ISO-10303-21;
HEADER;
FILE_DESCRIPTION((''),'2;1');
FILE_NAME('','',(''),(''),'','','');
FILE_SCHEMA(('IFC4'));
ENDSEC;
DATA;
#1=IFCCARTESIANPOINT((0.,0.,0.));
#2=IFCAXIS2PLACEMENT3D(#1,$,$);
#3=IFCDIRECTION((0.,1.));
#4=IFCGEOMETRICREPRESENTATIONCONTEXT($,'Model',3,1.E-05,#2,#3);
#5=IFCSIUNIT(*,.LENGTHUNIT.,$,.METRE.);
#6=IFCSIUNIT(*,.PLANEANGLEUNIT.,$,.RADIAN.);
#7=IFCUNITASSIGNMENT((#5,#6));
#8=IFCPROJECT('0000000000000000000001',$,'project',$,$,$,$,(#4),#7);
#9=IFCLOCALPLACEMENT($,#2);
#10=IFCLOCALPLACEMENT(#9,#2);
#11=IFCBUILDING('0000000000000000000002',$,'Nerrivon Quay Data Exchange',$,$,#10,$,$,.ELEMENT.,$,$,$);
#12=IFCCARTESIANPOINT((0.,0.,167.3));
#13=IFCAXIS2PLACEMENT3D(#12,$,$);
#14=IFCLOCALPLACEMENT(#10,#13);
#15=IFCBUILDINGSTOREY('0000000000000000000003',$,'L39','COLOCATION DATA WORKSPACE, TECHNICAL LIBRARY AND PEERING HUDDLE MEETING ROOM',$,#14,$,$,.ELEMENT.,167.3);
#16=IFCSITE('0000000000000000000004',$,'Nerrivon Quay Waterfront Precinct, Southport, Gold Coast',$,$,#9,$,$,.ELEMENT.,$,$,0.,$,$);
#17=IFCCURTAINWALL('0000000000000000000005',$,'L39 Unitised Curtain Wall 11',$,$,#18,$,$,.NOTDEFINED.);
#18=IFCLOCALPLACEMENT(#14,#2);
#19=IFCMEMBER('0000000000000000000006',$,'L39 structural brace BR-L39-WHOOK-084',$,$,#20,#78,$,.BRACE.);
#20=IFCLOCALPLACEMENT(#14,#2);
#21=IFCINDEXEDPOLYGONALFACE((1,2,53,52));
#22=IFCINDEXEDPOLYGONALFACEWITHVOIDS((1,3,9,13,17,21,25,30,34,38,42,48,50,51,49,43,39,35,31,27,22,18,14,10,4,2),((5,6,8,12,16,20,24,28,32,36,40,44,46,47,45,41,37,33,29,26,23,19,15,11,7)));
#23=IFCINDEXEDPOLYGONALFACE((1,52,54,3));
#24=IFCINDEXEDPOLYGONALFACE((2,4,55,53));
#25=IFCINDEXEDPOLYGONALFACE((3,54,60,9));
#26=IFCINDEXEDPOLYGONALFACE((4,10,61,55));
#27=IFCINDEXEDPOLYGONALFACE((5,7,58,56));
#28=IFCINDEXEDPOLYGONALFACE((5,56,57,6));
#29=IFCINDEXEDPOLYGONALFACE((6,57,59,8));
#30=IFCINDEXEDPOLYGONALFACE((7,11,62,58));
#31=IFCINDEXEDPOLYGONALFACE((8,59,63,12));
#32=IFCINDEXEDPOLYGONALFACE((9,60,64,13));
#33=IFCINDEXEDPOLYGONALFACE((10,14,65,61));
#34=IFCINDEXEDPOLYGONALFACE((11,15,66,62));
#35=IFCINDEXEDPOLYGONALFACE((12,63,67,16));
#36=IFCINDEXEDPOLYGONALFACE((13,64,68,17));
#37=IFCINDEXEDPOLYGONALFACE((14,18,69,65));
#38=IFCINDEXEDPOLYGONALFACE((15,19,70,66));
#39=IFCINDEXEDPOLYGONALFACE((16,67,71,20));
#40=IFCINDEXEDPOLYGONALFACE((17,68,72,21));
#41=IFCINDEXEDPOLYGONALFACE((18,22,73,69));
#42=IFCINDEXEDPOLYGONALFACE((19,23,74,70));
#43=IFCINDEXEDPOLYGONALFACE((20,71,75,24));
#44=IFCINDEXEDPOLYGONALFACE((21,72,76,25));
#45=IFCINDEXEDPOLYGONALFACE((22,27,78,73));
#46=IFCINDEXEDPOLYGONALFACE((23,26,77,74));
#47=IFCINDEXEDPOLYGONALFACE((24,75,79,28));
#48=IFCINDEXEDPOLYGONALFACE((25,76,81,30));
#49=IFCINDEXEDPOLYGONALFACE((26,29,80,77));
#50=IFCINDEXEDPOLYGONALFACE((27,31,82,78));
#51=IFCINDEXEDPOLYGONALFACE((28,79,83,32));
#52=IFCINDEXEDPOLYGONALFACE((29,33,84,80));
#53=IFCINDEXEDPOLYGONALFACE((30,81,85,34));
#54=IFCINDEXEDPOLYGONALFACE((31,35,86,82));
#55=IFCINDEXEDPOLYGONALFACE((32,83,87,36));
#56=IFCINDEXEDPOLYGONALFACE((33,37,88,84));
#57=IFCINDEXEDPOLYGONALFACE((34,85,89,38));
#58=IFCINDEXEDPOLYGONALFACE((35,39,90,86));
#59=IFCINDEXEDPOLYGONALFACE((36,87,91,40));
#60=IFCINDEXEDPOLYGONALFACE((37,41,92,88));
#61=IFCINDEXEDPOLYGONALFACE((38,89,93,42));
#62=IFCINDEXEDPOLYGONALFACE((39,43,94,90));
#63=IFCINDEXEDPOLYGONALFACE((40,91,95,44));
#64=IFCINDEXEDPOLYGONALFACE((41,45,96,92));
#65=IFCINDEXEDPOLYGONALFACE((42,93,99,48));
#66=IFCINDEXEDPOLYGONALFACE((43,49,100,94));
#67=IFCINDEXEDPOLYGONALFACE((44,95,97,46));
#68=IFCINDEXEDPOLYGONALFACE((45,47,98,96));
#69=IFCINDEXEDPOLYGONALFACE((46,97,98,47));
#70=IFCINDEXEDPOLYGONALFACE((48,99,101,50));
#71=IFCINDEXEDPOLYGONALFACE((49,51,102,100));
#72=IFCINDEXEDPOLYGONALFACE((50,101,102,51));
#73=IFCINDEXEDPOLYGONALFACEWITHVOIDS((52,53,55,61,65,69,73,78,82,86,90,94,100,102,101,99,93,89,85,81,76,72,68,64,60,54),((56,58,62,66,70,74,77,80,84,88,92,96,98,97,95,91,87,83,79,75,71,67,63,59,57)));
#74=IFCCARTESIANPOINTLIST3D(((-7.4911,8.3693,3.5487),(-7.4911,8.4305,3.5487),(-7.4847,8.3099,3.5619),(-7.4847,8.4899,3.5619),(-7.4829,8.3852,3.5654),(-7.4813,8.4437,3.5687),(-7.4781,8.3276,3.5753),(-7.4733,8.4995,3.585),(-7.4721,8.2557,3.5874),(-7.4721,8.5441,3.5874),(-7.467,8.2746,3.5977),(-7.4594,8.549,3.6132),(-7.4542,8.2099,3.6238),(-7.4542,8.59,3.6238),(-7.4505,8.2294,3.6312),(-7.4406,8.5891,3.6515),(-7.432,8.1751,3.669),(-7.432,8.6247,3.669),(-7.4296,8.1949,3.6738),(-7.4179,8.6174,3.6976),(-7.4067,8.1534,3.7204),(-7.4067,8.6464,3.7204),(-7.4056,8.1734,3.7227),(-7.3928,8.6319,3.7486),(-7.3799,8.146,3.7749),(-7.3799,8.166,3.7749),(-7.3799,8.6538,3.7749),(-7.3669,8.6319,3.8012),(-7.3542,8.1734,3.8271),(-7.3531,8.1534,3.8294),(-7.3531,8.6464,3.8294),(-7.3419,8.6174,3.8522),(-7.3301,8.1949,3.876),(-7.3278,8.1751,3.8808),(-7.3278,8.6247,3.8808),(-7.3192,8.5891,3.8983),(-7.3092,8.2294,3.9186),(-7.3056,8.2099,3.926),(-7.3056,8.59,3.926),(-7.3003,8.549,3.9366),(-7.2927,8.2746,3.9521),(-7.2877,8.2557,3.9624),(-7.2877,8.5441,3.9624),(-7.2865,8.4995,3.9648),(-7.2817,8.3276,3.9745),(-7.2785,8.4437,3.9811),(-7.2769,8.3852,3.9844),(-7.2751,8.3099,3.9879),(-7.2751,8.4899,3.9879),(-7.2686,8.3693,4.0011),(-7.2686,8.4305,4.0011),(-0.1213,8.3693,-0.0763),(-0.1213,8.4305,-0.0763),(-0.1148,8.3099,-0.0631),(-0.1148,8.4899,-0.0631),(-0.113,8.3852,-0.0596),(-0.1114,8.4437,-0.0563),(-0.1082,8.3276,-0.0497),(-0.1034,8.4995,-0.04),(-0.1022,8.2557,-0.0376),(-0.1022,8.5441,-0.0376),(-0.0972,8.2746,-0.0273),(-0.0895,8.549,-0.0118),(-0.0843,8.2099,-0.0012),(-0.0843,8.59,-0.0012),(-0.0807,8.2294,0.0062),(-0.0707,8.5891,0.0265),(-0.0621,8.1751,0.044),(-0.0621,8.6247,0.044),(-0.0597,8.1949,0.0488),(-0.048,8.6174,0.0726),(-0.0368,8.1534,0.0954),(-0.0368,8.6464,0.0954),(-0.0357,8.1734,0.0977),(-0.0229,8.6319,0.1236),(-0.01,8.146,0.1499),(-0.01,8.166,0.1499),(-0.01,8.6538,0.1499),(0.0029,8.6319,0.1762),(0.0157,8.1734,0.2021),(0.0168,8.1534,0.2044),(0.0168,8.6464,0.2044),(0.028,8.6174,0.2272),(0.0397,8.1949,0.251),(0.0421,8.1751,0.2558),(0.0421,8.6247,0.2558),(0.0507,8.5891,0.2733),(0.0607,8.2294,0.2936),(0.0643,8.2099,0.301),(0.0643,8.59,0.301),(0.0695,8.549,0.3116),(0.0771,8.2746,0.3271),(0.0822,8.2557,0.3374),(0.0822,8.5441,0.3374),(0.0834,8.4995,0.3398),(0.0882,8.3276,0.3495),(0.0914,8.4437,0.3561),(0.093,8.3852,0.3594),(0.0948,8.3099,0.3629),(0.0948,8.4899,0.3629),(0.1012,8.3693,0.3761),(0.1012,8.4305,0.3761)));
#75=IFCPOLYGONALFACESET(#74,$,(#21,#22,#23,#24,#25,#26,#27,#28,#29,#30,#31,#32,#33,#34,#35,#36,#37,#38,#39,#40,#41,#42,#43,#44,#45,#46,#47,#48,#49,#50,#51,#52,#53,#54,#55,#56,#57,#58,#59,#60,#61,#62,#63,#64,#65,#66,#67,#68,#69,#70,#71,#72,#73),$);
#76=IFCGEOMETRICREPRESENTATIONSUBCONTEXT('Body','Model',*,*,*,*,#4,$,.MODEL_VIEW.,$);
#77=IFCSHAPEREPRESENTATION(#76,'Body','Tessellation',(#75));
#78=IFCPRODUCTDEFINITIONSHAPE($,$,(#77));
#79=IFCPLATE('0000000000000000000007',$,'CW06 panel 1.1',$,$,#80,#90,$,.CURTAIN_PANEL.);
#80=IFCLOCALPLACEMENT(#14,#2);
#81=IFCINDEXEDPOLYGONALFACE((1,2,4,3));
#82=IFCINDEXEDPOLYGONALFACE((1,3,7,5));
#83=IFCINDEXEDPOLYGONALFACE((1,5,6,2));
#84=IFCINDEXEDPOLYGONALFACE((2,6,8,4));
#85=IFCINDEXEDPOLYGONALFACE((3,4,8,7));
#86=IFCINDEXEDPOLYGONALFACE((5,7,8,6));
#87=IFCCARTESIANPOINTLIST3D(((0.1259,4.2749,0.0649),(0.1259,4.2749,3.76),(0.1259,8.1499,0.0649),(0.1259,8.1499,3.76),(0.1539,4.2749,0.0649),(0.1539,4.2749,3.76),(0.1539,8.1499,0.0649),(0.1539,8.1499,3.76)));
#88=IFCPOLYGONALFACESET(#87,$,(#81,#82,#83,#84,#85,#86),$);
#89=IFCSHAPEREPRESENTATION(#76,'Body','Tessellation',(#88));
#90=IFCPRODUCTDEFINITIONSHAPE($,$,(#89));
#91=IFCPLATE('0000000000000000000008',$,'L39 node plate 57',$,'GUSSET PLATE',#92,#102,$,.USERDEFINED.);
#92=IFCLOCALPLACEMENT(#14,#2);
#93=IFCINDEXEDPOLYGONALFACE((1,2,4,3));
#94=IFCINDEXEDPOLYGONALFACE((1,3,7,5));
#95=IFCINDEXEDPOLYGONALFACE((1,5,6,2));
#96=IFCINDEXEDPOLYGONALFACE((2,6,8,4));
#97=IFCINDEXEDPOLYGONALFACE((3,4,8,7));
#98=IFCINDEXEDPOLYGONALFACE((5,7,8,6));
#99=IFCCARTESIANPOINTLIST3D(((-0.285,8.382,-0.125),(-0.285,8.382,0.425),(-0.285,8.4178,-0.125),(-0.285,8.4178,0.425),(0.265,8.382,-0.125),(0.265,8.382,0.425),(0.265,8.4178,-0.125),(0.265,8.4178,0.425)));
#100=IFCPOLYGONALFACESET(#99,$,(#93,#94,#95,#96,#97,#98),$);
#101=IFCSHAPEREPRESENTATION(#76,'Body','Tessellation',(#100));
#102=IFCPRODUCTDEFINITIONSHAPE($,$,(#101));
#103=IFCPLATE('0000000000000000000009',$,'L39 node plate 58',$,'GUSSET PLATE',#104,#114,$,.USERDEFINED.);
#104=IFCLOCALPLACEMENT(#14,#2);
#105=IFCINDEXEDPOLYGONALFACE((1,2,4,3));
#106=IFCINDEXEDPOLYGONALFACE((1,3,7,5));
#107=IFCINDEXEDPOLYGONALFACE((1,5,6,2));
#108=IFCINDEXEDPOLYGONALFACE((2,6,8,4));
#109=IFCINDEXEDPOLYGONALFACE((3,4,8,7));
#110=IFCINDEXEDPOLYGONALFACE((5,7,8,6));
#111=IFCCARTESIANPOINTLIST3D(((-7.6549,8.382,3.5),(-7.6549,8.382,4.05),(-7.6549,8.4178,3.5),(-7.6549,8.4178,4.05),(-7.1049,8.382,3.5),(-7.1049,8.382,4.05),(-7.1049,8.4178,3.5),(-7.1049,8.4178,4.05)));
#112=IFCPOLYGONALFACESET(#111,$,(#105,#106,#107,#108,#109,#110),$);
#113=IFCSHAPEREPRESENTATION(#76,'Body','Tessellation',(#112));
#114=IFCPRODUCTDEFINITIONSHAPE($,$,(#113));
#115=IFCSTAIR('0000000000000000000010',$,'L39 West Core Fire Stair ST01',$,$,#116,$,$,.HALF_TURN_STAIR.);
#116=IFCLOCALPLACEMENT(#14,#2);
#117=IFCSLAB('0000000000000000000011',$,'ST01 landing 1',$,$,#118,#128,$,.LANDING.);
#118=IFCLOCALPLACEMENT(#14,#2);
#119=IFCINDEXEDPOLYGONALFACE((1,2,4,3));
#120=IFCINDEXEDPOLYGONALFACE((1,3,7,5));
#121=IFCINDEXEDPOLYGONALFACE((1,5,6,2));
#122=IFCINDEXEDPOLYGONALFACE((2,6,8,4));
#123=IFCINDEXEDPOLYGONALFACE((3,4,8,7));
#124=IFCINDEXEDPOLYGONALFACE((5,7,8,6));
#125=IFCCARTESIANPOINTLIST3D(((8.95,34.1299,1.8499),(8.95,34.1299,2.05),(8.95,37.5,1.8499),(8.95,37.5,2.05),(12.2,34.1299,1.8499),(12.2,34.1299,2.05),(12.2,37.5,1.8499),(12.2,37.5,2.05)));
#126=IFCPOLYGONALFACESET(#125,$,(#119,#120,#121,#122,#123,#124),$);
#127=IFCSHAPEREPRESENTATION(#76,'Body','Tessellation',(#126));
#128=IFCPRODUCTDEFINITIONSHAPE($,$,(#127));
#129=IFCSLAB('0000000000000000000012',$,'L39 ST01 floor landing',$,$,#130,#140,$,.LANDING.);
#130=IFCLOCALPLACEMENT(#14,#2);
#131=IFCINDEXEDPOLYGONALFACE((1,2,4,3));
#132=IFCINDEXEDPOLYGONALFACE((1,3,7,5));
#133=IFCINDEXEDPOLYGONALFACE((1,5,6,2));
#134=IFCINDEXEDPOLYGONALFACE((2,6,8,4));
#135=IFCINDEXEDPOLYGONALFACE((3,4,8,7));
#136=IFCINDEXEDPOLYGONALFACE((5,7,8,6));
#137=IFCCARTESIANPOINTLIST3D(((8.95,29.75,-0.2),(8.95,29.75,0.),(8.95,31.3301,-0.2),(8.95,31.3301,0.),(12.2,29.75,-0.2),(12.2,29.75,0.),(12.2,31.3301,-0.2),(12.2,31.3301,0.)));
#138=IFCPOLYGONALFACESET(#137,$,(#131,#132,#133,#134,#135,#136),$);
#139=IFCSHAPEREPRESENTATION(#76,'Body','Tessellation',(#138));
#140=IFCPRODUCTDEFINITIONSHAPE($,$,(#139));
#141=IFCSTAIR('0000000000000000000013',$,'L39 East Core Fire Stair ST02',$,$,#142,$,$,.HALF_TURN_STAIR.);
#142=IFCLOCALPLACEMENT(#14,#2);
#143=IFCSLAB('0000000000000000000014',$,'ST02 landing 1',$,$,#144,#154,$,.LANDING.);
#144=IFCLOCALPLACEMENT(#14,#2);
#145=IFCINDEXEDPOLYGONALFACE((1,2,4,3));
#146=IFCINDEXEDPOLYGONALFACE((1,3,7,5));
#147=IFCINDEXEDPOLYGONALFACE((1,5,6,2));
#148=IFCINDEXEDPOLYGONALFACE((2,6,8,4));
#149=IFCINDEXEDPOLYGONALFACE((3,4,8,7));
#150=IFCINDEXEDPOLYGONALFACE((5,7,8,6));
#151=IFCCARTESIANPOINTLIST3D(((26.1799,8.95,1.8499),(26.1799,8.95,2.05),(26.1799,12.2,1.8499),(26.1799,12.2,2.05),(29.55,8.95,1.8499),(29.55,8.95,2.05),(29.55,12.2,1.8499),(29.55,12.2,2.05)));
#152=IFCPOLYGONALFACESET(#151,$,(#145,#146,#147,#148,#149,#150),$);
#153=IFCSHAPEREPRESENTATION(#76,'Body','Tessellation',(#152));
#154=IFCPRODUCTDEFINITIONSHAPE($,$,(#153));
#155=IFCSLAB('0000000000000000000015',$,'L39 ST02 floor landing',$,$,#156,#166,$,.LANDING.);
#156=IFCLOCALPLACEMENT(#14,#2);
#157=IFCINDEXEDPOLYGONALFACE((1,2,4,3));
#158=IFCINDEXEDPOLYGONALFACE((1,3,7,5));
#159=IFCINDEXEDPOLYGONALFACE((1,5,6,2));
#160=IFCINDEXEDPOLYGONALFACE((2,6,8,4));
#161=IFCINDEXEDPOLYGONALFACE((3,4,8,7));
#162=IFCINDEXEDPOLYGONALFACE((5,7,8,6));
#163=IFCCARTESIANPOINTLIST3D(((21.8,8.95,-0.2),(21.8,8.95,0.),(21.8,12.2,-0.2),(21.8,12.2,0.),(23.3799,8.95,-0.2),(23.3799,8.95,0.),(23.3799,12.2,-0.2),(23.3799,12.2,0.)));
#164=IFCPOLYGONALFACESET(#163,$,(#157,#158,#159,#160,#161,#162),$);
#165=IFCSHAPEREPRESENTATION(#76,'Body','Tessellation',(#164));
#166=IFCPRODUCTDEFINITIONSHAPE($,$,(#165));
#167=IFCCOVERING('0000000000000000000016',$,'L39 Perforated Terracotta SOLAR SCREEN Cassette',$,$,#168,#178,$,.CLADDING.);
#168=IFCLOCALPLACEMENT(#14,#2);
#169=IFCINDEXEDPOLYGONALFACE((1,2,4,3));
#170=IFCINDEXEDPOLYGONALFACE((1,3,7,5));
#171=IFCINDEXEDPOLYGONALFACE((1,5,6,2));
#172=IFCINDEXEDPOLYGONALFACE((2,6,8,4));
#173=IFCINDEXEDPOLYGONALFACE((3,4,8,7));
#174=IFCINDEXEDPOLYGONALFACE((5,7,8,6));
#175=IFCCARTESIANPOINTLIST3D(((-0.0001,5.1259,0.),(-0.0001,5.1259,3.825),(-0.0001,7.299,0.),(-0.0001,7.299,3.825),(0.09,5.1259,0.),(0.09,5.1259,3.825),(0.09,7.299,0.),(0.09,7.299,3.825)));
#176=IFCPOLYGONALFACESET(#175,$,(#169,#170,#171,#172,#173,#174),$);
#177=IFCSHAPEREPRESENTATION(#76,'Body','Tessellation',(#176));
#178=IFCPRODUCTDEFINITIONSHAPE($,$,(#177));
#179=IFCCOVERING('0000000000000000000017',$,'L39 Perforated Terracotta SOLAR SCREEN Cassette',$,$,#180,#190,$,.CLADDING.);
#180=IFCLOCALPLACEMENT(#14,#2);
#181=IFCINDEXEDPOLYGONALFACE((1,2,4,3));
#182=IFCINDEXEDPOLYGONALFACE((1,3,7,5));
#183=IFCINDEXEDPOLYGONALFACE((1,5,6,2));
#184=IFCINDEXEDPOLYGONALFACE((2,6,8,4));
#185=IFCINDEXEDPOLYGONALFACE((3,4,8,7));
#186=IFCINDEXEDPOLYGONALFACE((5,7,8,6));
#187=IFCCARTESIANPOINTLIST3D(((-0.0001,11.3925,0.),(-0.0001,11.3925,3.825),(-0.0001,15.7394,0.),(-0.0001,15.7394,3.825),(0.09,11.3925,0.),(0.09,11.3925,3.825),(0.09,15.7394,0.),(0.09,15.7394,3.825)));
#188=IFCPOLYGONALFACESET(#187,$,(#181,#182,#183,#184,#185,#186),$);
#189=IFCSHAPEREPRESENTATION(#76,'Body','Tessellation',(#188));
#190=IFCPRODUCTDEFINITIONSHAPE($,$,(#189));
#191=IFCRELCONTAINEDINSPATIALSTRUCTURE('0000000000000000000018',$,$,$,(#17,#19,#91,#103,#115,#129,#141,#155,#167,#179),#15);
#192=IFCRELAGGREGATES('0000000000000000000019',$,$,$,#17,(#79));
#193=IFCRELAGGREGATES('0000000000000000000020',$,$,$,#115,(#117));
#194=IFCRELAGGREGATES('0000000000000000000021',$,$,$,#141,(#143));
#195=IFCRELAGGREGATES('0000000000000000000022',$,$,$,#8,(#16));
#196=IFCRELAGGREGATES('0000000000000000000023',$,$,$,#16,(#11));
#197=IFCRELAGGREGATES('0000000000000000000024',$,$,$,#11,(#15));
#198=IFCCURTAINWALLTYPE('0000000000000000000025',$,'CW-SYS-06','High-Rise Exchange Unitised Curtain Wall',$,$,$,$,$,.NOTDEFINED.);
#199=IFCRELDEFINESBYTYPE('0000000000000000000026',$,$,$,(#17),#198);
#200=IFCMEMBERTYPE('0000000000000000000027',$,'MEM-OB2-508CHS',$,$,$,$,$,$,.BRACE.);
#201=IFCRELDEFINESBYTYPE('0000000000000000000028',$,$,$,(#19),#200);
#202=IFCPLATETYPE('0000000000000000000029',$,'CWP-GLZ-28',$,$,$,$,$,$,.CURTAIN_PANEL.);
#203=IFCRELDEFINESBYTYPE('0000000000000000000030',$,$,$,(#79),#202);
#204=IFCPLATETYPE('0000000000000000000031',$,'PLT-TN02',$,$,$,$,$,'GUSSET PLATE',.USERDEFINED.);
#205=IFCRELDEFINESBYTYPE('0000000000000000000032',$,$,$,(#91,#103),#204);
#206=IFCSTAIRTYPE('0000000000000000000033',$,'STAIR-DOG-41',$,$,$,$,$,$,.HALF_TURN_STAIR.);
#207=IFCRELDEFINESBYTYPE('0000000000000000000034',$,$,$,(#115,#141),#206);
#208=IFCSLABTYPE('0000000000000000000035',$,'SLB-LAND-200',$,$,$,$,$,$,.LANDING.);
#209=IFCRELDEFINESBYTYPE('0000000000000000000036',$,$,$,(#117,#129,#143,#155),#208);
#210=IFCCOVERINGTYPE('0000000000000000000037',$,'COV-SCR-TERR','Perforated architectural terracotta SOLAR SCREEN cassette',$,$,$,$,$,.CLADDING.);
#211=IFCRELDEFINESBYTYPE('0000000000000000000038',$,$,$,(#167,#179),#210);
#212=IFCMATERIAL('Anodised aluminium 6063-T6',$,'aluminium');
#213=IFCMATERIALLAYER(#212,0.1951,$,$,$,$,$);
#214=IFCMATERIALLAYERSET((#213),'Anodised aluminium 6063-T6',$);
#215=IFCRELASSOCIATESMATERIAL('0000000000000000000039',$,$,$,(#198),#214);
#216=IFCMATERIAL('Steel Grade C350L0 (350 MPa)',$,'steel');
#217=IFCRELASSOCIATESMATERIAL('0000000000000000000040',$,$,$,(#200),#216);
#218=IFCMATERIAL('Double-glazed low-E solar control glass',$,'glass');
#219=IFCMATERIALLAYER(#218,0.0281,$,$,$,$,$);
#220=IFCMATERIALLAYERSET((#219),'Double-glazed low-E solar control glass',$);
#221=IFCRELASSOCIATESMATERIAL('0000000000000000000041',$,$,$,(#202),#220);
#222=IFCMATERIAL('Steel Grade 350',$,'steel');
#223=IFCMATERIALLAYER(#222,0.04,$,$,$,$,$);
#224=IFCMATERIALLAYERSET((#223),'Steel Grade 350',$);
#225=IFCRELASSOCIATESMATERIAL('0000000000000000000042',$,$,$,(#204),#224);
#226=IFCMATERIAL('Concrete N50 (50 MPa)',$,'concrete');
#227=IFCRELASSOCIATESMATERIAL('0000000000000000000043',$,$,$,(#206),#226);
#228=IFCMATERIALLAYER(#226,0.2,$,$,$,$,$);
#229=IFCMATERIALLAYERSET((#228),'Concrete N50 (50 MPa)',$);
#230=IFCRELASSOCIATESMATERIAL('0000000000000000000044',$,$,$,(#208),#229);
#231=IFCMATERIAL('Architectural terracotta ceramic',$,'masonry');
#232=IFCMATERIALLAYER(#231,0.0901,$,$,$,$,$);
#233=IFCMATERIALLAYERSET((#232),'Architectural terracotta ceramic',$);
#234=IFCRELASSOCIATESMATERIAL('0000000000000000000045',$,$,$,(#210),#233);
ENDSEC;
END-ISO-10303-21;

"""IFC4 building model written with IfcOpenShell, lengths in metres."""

from ifc_helpers import new_model, si_unit, direction, frame, origin, origin_2d, place, context, subcontext, project, spatial, polyline, rectangle, hollow_circle, outline, extrude, material, layer, layer_set, material_profile, profile_set, type_object, element, aggregate, save


model = new_model("IFC4")

# Units and contexts
model_context = context("Model", 3, precision=1e-05, world=origin(), true_north=direction((0.0, 1.0)))
body_context = subcontext(model_context, "Body", "Model", "MODEL_VIEW")
ifc_project = project(units=[si_unit("LENGTHUNIT", "METRE"), si_unit("PLANEANGLEUNIT", "RADIAN")], contexts=[model_context])

# Site, building, storey
site_placement = place(None, origin())
site = spatial("IfcSite", under=ifc_project, at=site_placement, Name="Nerrivon Quay Waterfront Precinct, Southport, Gold Coast", CompositionType="ELEMENT", RefElevation=0.0)
building_placement = place(site_placement, origin())
building = spatial("IfcBuilding", under=site, at=building_placement, Name="Nerrivon Quay Data Exchange", CompositionType="ELEMENT")
storey_placement = place(building_placement, frame((0.0, 0.0, 167.3)))
storey = spatial("IfcBuildingStorey", under=building, at=storey_placement, Name="L39", Description="COLOCATION DATA WORKSPACE, TECHNICAL LIBRARY AND PEERING HUDDLE MEETING ROOM", CompositionType="ELEMENT", Elevation=167.3)

# Shared definitions
ifc_material_1 = material(Name="Steel Grade 350", Category="steel")

# Shared definitions
ifc_material_2 = material(Name="Anodised aluminium 6063-T6", Category="aluminium")
ifc_layer_1 = layer(ifc_material_2, 0.1951)
ifc_layer_set_1 = layer_set([ifc_layer_1], Name="Anodised aluminium 6063-T6")
curtain_wall_type = type_object("IfcCurtainWallType", Name="CW-SYS-06", Description="High-Rise Exchange Unitised Curtain Wall", PredefinedType="NOTDEFINED", material=ifc_layer_set_1)

# Curtain wall
curtain_wall_1_placement = place(storey_placement, origin())
curtain_wall_1 = element("IfcCurtainWall", 1, at=curtain_wall_1_placement, inside=storey, type_object=curtain_wall_type, Name="L39 Unitised Curtain Wall 11", PredefinedType="NOTDEFINED")

# Member
ifc_material_3 = material(Name="Steel Grade C350L0 (350 MPa)", Category="steel")
ifc_material_profile_1 = material_profile(ifc_material_3, hollow_circle(Radius=0.2539, WallThickness=0.02, at=origin_2d()), Name="508.0x20.0CHS")
ifc_profile_set_1 = profile_set([ifc_material_profile_1], Name="Steel Grade C350L0 (350 MPa)")
member_type_1 = type_object("IfcMemberType", Name="MEM-OB2-508CHS", PredefinedType="BRACE", material=ifc_profile_set_1)
member_1_placement = place(storey_placement, frame((-0.01, 8.3999, 0.1499), z_axis=(-0.897327, 0.0, 0.441366), x_axis=(0.0, -1.0, 0.0)))
element("IfcMember", 2, at=member_1_placement, inside=storey, type_object=member_type_1, Name="L39 structural brace BR-L39-WHOOK-084", PredefinedType="BRACE", context=body_context, shape_type="SweptSolid", body=[
    extrude(hollow_circle(Radius=0.2539, WallThickness=0.02, at=origin_2d()), origin(), (0.0, 0.0, 1.0), 8.2131),
])

# Plate
ifc_material_4 = material(Name="Double-glazed low-E solar control glass", Category="glass")
ifc_layer_2 = layer(ifc_material_4, 0.0281)
ifc_layer_set_2 = layer_set([ifc_layer_2], Name="Double-glazed low-E solar control glass")
plate_type_1 = type_object("IfcPlateType", Name="CWP-GLZ-28", PredefinedType="CURTAIN_PANEL", material=ifc_layer_set_2)
plate_placement = place(storey_placement, frame((0.1399, 6.2124, 0.0649), z_axis=(0.0, 0.0, 1.0), x_axis=(0.0, 1.0, 0.0)))
plate = element("IfcPlate", 3, at=plate_placement, type_object=plate_type_1, Name="CW06 panel 1.1", PredefinedType="CURTAIN_PANEL", context=body_context, shape_type="SweptSolid", body=[
    extrude(rectangle(XDim=3.875, YDim=0.0281, at=origin_2d()), origin(), (0.0, 0.0, 1.0), 3.6951),
])
aggregate(curtain_wall_1, [plate])

# Plates
ifc_layer_3 = layer(ifc_material_1, 0.04)
ifc_layer_set_3 = layer_set([ifc_layer_3], Name="Steel Grade 350")
plate_type_2 = type_object("IfcPlateType", Name="PLT-TN02", ElementType="GUSSET PLATE", PredefinedType="USERDEFINED", material=ifc_layer_set_3)
for number, where, z_axis, x_axis, name in (
    (4, (-0.01, 8.3999, -0.125), (0.0, 0.0, 1.0), (1.0, 0.0, 0.0), "L39 node plate 57"),
    (5, (-7.3799, 8.3999, 3.5), (0.0, 0.0, 1.0), (1.0, 0.0, 0.0), "L39 node plate 58"),
):
    element("IfcPlate", number, at=place(storey_placement, frame(where, z_axis=z_axis, x_axis=x_axis)), inside=storey, type_object=plate_type_2, Name=name, ObjectType="GUSSET PLATE", PredefinedType="USERDEFINED", context=body_context, shape_type="SweptSolid", body=[
        extrude(rectangle(XDim=0.55, YDim=0.0359, at=origin_2d()), origin(), (0.0, 0.0, 1.0), 0.55),
    ])

# Stair, slab
ifc_material_5 = material(Name="Concrete N50 (50 MPa)", Category="concrete")
stair_type = type_object("IfcStairType", Name="STAIR-DOG-41", PredefinedType="HALF_TURN_STAIR", material=ifc_material_5)
stair_1_placement = place(storey_placement, origin())
stair_1 = element("IfcStair", 6, at=stair_1_placement, inside=storey, type_object=stair_type, Name="L39 West Core Fire Stair ST01", PredefinedType="HALF_TURN_STAIR")
ifc_layer_4 = layer(ifc_material_5, 0.2)
ifc_layer_set_4 = layer_set([ifc_layer_4], Name="Concrete N50 (50 MPa)")
slab_type = type_object("IfcSlabType", Name="SLB-LAND-200", PredefinedType="LANDING", material=ifc_layer_set_4)
slab_1_placement = place(storey_placement, frame((0.0, 0.0, 1.8499)))
slab_1 = element("IfcSlab", 7, at=slab_1_placement, type_object=slab_type, Name="ST01 landing 1", PredefinedType="LANDING", context=body_context, shape_type="SweptSolid", body=[
    extrude(outline(polyline([(12.2, 34.1299), (12.2, 37.5), (8.95, 37.5), (8.95, 34.1299), (12.2, 34.1299)])), origin(), (0.0, 0.0, 1.0), 0.2002),
])
aggregate(stair_1, [slab_1])

# Slab
slab_2_placement = place(storey_placement, frame((0.0, 0.0, -0.2)))
element("IfcSlab", 8, at=slab_2_placement, inside=storey, type_object=slab_type, Name="L39 ST01 floor landing", PredefinedType="LANDING", context=body_context, shape_type="SweptSolid", body=[
    extrude(outline(polyline([(12.2, 29.75), (12.2, 31.3301), (8.95, 31.3301), (8.95, 29.75), (12.2, 29.75)])), origin(), (0.0, 0.0, 1.0), 0.2),
])

# Stair, slab
stair_2_placement = place(storey_placement, origin())
stair_2 = element("IfcStair", 9, at=stair_2_placement, inside=storey, type_object=stair_type, Name="L39 East Core Fire Stair ST02", PredefinedType="HALF_TURN_STAIR")
slab_3_placement = place(storey_placement, frame((0.0, 0.0, 1.8499)))
slab_3 = element("IfcSlab", 10, at=slab_3_placement, type_object=slab_type, Name="ST02 landing 1", PredefinedType="LANDING", context=body_context, shape_type="SweptSolid", body=[
    extrude(outline(polyline([(26.1799, 8.95), (29.55, 8.95), (29.55, 12.2), (26.1799, 12.2), (26.1799, 8.95)])), origin(), (0.0, 0.0, 1.0), 0.2002),
])
aggregate(stair_2, [slab_3])

# Slab
slab_4_placement = place(storey_placement, frame((0.0, 0.0, -0.2)))
element("IfcSlab", 11, at=slab_4_placement, inside=storey, type_object=slab_type, Name="L39 ST02 floor landing", PredefinedType="LANDING", context=body_context, shape_type="SweptSolid", body=[
    extrude(outline(polyline([(21.8, 8.95), (23.3799, 8.95), (23.3799, 12.2), (21.8, 12.2), (21.8, 8.95)])), origin(), (0.0, 0.0, 1.0), 0.2),
])

# Coverings
ifc_material_6 = material(Name="Architectural terracotta ceramic", Category="masonry")
ifc_layer_5 = layer(ifc_material_6, 0.0901)
ifc_layer_set_5 = layer_set([ifc_layer_5], Name="Architectural terracotta ceramic")
covering_type = type_object("IfcCoveringType", Name="COV-SCR-TERR", Description="Perforated architectural terracotta SOLAR SCREEN cassette", PredefinedType="CLADDING", material=ifc_layer_set_5)
covering_1_placement = place(storey_placement, frame((0.0449, 6.2124, 0.0), z_axis=(0.0, 0.0, 1.0), x_axis=(0.0, 1.0, 0.0)))
element("IfcCovering", 12, at=covering_1_placement, inside=storey, type_object=covering_type, Name="L39 Perforated Terracotta SOLAR SCREEN Cassette", PredefinedType="CLADDING", context=body_context, shape_type="SweptSolid", body=[
    extrude(rectangle(XDim=2.1731, YDim=0.0901, at=origin_2d()), origin(), (0.0, 0.0, 1.0), 3.825),
])
covering_2_placement = place(storey_placement, frame((0.0449, 13.5659, 0.0), z_axis=(0.0, 0.0, 1.0), x_axis=(0.0, 1.0, 0.0)))
element("IfcCovering", 13, at=covering_2_placement, inside=storey, type_object=covering_type, Name="L39 Perforated Terracotta SOLAR SCREEN Cassette", PredefinedType="CLADDING", context=body_context, shape_type="SweptSolid", body=[
    extrude(rectangle(XDim=4.3469, YDim=0.0901, at=origin_2d()), origin(), (0.0, 0.0, 1.0), 3.825),
])

save(model, "model.ifc")
